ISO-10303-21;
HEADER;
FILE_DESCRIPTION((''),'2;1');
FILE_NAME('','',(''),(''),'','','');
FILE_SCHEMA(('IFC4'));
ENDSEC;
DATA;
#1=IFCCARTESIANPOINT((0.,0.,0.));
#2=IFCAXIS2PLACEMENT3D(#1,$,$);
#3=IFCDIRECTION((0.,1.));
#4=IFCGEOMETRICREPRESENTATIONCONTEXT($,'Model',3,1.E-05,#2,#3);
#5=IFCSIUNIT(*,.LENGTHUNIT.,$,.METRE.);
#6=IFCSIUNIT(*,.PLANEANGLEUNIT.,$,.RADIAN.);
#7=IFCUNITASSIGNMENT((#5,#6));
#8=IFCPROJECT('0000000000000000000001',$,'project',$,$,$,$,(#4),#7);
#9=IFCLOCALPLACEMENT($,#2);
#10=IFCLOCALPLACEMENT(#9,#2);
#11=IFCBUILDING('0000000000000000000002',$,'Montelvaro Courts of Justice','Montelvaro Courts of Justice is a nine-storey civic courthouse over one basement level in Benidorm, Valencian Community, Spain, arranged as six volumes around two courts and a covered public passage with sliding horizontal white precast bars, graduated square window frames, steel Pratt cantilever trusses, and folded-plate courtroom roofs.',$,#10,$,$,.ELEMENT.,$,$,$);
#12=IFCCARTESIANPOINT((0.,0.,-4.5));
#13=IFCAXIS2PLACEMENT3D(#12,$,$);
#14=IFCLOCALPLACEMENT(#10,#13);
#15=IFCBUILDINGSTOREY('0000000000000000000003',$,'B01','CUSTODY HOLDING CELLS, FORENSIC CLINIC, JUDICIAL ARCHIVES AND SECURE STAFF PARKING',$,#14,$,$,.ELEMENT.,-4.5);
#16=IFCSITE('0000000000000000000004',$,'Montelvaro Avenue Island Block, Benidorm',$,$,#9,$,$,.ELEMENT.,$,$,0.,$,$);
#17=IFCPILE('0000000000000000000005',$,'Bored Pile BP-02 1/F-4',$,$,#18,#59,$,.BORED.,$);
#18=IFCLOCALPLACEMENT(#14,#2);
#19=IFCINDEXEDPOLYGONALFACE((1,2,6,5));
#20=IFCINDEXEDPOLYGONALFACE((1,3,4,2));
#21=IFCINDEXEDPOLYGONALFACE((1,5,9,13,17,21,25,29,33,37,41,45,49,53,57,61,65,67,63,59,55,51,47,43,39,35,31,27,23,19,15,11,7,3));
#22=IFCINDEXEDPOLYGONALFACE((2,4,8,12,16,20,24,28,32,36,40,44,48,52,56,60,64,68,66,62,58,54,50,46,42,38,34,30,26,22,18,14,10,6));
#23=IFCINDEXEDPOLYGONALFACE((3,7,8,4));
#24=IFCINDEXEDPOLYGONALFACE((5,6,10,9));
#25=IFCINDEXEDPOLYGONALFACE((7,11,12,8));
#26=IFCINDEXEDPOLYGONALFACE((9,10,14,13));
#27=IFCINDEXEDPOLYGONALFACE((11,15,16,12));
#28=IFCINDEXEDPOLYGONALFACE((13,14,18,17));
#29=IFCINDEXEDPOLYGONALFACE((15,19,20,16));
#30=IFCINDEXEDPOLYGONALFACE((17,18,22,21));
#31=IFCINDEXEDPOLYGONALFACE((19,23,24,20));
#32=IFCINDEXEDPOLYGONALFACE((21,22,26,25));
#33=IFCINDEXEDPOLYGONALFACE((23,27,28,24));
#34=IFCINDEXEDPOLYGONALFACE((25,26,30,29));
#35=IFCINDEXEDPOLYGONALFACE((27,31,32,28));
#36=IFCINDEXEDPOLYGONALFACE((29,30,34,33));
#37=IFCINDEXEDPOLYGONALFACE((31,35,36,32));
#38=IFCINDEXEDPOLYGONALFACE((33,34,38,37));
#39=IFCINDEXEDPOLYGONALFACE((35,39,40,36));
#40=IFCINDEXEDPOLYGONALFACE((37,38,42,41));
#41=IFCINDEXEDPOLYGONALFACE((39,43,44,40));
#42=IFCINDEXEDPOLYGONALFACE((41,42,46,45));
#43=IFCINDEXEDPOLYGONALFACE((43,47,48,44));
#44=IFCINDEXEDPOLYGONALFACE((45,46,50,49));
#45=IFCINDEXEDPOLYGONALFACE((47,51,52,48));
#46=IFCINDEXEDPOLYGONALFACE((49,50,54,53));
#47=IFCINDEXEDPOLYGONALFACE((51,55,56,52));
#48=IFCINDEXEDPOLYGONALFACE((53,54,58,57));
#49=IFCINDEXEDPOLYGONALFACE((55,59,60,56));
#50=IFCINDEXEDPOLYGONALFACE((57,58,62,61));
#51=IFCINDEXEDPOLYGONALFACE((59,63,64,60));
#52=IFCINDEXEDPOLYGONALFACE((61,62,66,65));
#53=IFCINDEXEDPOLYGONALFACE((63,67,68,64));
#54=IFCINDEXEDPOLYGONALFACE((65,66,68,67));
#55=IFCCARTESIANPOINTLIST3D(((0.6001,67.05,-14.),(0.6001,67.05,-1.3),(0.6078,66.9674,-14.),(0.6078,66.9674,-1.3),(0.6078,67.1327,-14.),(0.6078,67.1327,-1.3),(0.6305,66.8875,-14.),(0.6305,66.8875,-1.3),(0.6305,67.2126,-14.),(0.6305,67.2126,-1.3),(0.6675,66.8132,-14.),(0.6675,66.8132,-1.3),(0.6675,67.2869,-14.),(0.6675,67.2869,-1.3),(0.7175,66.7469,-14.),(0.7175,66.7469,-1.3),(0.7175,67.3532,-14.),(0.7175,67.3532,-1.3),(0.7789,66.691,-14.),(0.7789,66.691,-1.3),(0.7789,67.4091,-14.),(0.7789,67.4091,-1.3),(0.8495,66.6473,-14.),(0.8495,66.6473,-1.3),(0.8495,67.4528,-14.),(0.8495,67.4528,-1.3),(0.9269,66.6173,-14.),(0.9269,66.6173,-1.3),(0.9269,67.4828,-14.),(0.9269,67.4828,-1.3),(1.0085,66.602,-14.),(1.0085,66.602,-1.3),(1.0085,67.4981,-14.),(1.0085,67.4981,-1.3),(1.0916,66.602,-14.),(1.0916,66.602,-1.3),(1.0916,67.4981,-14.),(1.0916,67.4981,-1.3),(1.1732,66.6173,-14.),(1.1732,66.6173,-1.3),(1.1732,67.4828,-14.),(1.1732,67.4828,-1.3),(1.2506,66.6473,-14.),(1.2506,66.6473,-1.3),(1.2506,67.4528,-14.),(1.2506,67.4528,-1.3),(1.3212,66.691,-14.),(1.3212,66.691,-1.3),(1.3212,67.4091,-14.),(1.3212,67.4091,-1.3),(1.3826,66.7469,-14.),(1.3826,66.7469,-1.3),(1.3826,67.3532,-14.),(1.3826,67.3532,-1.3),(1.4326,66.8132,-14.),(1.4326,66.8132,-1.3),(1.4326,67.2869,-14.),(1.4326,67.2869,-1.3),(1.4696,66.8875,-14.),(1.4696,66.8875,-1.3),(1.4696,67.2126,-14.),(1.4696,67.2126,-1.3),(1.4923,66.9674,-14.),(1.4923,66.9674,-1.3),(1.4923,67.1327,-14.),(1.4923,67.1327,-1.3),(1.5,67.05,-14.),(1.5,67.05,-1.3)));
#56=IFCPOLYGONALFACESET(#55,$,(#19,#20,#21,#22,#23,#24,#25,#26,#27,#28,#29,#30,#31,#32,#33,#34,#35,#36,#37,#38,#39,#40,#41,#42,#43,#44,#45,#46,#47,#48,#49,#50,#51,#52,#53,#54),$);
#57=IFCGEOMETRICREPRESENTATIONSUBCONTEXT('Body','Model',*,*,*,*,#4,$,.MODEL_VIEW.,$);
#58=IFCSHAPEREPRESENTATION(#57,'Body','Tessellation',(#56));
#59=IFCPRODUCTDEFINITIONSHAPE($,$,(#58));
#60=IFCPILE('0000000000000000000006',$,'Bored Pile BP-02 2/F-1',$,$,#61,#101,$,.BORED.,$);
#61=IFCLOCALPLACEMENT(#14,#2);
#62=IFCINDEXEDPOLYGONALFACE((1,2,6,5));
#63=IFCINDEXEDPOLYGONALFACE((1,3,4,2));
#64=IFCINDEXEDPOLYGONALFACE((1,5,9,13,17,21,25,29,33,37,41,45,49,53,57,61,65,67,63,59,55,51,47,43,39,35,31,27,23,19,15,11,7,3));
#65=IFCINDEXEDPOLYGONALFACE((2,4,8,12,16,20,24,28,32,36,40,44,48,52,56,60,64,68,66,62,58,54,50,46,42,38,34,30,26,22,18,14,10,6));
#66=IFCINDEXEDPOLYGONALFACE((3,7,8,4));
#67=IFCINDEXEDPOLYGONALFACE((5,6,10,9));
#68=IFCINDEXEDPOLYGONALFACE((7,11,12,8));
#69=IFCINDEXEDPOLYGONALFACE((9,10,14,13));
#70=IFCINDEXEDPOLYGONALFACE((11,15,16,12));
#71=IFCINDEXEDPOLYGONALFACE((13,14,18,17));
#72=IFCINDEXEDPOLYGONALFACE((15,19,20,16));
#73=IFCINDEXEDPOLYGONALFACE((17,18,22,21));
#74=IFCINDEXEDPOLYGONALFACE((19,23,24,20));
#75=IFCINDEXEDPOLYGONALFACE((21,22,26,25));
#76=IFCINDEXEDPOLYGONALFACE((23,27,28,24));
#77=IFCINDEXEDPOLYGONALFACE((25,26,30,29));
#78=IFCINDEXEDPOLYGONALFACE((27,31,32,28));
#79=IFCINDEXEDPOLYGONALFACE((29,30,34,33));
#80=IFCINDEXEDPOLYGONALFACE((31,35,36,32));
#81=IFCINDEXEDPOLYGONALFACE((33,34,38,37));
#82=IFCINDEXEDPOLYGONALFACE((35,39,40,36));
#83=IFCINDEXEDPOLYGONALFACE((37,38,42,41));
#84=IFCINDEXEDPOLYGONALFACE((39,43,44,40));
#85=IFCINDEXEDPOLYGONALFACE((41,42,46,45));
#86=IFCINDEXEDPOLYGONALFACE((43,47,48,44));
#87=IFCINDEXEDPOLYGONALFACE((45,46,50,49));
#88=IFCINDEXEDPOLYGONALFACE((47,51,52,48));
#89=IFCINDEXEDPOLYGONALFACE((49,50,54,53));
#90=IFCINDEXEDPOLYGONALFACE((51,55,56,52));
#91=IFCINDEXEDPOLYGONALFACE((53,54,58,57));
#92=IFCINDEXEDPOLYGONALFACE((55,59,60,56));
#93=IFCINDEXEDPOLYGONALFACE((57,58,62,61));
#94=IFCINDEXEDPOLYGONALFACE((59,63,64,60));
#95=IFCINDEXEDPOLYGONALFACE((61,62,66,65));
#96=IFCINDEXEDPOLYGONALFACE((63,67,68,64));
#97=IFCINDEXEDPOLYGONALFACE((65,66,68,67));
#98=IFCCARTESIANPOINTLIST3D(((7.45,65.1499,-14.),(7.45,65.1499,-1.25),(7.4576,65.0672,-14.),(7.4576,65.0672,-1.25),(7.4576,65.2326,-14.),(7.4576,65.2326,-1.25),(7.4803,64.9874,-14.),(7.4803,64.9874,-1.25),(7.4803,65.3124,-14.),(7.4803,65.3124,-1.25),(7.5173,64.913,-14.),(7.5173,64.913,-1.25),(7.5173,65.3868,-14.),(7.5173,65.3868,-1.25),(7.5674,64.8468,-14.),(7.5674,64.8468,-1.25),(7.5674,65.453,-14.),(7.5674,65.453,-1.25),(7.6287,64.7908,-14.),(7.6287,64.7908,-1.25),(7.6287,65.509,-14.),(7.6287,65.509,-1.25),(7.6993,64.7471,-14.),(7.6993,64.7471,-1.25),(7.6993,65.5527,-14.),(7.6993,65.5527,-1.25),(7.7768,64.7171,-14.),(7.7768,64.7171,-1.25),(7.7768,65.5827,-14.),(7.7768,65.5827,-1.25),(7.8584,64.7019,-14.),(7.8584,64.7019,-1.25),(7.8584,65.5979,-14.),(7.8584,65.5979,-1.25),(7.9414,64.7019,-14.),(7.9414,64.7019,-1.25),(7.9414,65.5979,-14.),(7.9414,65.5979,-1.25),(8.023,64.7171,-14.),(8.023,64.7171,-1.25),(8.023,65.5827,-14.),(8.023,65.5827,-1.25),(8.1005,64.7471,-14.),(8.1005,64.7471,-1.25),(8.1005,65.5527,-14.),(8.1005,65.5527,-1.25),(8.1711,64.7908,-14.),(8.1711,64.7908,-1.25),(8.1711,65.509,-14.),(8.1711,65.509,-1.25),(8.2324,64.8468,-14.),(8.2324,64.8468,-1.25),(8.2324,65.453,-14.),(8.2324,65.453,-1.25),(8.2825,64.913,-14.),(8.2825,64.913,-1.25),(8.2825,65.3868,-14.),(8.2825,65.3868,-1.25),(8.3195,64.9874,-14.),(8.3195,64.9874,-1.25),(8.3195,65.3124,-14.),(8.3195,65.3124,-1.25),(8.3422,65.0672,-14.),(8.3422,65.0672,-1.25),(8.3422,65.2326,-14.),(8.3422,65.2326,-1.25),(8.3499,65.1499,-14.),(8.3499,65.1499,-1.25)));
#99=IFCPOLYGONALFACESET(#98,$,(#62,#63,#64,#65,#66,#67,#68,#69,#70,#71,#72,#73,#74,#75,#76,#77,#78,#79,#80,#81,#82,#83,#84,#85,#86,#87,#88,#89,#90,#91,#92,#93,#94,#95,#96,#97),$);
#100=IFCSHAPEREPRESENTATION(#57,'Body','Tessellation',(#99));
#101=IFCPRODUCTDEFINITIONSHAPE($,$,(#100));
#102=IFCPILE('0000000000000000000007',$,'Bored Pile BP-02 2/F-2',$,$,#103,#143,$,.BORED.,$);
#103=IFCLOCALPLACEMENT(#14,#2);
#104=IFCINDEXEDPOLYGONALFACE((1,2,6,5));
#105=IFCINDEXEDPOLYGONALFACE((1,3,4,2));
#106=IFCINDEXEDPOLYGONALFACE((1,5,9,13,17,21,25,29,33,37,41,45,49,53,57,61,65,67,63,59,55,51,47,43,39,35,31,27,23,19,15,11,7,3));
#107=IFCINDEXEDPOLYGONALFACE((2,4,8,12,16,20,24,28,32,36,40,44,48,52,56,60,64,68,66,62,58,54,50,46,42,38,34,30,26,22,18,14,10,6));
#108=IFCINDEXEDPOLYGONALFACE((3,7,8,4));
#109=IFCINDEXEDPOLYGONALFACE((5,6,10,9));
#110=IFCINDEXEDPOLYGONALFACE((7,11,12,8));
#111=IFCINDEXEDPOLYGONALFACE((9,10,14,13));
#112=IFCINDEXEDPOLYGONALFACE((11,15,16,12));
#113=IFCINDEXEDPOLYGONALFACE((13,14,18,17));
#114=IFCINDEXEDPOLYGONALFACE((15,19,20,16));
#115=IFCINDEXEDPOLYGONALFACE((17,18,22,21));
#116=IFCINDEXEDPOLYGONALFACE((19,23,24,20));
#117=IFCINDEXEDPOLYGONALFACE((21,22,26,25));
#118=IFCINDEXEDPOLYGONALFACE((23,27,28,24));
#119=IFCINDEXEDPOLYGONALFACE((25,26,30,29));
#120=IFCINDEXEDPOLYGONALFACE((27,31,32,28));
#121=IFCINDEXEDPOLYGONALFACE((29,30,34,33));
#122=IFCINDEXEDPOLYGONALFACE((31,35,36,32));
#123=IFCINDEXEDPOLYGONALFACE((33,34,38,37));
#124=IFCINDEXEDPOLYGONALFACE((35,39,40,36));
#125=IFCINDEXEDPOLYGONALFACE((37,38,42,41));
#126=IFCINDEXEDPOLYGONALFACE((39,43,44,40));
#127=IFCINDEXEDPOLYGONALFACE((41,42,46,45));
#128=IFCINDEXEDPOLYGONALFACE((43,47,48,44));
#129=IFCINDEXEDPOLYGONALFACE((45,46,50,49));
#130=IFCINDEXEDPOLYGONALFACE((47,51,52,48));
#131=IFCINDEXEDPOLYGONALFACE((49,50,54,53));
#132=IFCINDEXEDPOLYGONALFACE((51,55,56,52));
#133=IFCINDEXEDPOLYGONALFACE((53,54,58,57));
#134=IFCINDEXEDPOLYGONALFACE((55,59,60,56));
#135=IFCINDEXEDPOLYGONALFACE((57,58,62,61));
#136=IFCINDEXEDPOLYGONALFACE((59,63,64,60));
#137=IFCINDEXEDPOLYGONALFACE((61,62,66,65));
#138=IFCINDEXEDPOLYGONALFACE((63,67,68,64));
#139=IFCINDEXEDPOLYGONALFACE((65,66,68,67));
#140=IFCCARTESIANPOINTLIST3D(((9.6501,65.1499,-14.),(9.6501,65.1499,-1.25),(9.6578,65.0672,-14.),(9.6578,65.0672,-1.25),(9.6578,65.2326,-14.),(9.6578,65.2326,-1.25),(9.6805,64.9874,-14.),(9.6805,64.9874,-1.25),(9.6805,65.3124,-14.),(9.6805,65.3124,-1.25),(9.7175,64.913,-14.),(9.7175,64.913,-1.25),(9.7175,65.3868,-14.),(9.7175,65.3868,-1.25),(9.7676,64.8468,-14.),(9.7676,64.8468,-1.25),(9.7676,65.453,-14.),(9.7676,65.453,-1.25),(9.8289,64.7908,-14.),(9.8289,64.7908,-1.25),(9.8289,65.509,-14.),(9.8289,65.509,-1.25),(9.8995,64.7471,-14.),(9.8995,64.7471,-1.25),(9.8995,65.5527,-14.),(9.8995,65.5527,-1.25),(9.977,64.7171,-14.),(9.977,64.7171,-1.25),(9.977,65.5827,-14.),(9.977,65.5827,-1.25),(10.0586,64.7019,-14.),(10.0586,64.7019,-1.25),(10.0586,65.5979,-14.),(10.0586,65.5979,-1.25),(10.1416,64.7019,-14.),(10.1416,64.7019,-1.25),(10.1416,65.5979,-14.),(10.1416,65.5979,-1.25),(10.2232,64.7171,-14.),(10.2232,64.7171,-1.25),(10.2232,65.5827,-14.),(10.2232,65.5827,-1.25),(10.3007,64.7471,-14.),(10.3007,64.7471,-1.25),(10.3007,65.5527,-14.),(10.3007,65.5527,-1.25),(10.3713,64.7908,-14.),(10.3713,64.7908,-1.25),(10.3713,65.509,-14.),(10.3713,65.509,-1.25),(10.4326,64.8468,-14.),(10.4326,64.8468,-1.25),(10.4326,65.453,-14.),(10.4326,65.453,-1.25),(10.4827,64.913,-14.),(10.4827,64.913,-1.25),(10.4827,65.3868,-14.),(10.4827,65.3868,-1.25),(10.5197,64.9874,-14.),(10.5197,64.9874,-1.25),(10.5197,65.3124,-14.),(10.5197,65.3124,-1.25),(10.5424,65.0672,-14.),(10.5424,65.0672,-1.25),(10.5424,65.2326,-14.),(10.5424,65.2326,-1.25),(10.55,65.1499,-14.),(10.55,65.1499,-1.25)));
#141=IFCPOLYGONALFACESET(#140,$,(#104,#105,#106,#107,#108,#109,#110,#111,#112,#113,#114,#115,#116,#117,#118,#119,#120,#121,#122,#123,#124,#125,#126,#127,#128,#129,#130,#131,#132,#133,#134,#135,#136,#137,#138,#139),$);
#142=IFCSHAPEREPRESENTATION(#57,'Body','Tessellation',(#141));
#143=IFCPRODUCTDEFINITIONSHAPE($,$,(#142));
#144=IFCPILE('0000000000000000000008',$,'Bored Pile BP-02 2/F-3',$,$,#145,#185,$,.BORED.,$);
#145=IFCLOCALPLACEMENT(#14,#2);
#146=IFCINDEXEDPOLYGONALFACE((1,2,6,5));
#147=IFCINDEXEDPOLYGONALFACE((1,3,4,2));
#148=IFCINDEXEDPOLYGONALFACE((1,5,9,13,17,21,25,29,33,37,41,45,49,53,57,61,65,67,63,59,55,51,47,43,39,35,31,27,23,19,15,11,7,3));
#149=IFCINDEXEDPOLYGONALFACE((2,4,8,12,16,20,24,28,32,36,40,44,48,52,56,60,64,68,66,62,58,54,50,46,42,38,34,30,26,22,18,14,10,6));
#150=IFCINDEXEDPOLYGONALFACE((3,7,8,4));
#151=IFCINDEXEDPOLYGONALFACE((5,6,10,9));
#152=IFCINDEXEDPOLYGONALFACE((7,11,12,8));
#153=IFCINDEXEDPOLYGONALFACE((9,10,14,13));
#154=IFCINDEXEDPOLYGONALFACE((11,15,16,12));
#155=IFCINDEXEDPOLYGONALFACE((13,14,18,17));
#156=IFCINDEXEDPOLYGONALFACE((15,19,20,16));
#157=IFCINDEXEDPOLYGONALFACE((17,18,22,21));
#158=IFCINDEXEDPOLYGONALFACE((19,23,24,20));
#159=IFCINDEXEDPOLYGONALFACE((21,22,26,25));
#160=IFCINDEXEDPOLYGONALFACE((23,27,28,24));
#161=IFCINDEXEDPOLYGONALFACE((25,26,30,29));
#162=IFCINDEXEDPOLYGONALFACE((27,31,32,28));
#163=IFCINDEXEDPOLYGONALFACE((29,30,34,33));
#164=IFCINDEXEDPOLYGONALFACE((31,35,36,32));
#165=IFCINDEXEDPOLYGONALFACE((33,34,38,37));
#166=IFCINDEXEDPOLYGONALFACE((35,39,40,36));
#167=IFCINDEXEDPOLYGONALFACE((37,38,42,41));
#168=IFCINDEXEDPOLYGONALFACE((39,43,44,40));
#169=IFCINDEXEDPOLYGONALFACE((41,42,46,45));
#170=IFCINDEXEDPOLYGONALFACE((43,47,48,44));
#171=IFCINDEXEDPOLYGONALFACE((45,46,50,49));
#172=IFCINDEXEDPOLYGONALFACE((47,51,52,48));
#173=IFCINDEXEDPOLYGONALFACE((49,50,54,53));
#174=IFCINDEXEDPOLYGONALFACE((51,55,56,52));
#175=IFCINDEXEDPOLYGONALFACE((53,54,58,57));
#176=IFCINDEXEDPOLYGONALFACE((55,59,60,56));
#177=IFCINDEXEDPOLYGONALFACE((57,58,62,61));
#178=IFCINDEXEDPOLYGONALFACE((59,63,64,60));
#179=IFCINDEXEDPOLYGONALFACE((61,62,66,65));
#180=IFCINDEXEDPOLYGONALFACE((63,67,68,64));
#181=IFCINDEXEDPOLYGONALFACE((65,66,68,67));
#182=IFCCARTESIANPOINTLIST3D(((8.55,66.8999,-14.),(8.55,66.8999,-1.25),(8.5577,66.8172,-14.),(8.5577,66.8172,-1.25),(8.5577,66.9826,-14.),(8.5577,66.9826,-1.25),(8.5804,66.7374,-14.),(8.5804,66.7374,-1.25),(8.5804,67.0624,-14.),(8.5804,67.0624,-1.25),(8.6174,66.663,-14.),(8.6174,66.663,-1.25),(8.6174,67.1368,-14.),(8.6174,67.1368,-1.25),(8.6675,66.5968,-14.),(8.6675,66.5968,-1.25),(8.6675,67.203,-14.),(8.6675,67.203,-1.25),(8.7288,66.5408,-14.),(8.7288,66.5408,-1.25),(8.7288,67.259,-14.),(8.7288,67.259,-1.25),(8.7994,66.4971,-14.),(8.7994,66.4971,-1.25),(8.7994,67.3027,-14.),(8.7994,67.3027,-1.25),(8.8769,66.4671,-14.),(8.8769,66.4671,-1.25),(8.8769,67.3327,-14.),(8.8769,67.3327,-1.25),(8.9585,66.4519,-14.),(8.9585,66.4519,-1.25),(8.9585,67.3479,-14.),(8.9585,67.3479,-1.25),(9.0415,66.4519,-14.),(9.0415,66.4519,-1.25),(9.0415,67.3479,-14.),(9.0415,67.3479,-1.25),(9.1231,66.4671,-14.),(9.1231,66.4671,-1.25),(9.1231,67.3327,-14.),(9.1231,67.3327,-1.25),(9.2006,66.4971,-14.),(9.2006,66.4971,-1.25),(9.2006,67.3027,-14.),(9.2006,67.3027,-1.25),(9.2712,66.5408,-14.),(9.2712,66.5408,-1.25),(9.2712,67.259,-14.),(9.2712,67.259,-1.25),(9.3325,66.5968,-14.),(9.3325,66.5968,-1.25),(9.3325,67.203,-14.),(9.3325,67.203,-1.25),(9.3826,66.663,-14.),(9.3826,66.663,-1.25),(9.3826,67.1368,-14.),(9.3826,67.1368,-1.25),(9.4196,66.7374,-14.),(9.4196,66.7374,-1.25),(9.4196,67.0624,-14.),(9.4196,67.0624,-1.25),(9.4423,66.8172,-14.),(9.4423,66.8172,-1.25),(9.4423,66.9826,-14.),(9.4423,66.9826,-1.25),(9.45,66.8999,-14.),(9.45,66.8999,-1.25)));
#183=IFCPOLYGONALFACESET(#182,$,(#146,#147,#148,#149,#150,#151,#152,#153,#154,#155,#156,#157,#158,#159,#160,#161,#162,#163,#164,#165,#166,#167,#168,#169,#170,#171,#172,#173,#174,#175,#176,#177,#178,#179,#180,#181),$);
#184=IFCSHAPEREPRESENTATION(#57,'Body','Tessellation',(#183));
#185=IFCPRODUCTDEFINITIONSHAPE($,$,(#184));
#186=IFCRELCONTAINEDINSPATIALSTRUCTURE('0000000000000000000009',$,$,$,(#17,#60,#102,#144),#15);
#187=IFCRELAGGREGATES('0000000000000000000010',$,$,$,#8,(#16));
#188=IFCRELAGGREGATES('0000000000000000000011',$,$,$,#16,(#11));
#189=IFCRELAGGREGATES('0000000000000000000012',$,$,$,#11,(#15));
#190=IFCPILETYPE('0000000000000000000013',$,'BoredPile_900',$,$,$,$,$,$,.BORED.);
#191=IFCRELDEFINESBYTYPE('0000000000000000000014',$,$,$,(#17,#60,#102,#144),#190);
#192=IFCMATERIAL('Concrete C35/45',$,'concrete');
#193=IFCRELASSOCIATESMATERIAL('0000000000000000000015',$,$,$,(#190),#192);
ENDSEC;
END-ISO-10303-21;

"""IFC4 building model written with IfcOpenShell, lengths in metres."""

from ifc_helpers import new_model, si_unit, direction, frame, origin, origin_2d, place, context, subcontext, project, spatial, circle, extrude, material, material_profile, profile_set, type_object, element, save


model = new_model("IFC4")

# Units and contexts
model_context = context("Model", 3, precision=1e-05, world=origin(), true_north=direction((0.0, 1.0)))
body_context = subcontext(model_context, "Body", "Model", "MODEL_VIEW")
ifc_project = project(units=[si_unit("LENGTHUNIT", "METRE"), si_unit("PLANEANGLEUNIT", "RADIAN")], contexts=[model_context])

# Site, building, storey
site_placement = place(None, origin())
site = spatial("IfcSite", under=ifc_project, at=site_placement, Name="Montelvaro Avenue Island Block, Benidorm", CompositionType="ELEMENT", RefElevation=0.0)
building_placement = place(site_placement, origin())
building = spatial("IfcBuilding", under=site, at=building_placement, Name="Montelvaro Courts of Justice", Description="Montelvaro Courts of Justice is a nine-storey civic courthouse over one basement level in Benidorm, Valencian Community, Spain, arranged as six volumes around two courts and a covered public passage with sliding horizontal white precast bars, graduated square window frames, steel Pratt cantilever trusses, and folded-plate courtroom roofs.", CompositionType="ELEMENT")
storey_placement = place(building_placement, frame((0.0, 0.0, -4.5)))
storey = spatial("IfcBuildingStorey", under=building, at=storey_placement, Name="B01", Description="CUSTODY HOLDING CELLS, FORENSIC CLINIC, JUDICIAL ARCHIVES AND SECURE STAFF PARKING", CompositionType="ELEMENT", Elevation=-4.5)

# Piles
ifc_material_1 = material(Name="Concrete C35/45", Category="concrete")
ifc_material_profile_1 = material_profile(ifc_material_1, circle(Radius=0.45, at=origin_2d()), Name="BORED PILE D900")
ifc_profile_set_1 = profile_set([ifc_material_profile_1], Name="Concrete C35/45")
pile_type_1 = type_object("IfcPileType", Name="BoredPile_900", PredefinedType="BORED", material=ifc_profile_set_1)
for number, where, z_axis, x_axis, name in (
    (1, (1.05, 67.05, -1.3), (0.0, 0.0, -1.0), (1.0, 0.0, 0.0), "Bored Pile BP-02 1/F-4"),
):
    element("IfcPile", number, at=place(storey_placement, frame(where, z_axis=z_axis, x_axis=x_axis)), inside=storey, type_object=pile_type_1, Name=name, PredefinedType="BORED", context=body_context, shape_type="SweptSolid", body=[
        extrude(circle(Radius=0.45, at=origin_2d()), origin(), (0.0, 0.0, 1.0), 12.7),
    ])
for number, where, z_axis, x_axis, name in (
    (2, (7.8999, 65.1499, -1.25), (0.0, 0.0, -1.0), (1.0, 0.0, 0.0), "Bored Pile BP-02 2/F-1"),
    (3, (10.1001, 65.1499, -1.25), (0.0, 0.0, -1.0), (1.0, 0.0, 0.0), "Bored Pile BP-02 2/F-2"),
    (4, (9.0, 66.8999, -1.25), (0.0, 0.0, -1.0), (1.0, 0.0, 0.0), "Bored Pile BP-02 2/F-3"),
):
    element("IfcPile", number, at=place(storey_placement, frame(where, z_axis=z_axis, x_axis=x_axis)), inside=storey, type_object=pile_type_1, Name=name, PredefinedType="BORED", context=body_context, shape_type="SweptSolid", body=[
        extrude(circle(Radius=0.45, at=origin_2d()), origin(), (0.0, 0.0, 1.0), 12.75),
    ])

save(model, "model.ifc")
